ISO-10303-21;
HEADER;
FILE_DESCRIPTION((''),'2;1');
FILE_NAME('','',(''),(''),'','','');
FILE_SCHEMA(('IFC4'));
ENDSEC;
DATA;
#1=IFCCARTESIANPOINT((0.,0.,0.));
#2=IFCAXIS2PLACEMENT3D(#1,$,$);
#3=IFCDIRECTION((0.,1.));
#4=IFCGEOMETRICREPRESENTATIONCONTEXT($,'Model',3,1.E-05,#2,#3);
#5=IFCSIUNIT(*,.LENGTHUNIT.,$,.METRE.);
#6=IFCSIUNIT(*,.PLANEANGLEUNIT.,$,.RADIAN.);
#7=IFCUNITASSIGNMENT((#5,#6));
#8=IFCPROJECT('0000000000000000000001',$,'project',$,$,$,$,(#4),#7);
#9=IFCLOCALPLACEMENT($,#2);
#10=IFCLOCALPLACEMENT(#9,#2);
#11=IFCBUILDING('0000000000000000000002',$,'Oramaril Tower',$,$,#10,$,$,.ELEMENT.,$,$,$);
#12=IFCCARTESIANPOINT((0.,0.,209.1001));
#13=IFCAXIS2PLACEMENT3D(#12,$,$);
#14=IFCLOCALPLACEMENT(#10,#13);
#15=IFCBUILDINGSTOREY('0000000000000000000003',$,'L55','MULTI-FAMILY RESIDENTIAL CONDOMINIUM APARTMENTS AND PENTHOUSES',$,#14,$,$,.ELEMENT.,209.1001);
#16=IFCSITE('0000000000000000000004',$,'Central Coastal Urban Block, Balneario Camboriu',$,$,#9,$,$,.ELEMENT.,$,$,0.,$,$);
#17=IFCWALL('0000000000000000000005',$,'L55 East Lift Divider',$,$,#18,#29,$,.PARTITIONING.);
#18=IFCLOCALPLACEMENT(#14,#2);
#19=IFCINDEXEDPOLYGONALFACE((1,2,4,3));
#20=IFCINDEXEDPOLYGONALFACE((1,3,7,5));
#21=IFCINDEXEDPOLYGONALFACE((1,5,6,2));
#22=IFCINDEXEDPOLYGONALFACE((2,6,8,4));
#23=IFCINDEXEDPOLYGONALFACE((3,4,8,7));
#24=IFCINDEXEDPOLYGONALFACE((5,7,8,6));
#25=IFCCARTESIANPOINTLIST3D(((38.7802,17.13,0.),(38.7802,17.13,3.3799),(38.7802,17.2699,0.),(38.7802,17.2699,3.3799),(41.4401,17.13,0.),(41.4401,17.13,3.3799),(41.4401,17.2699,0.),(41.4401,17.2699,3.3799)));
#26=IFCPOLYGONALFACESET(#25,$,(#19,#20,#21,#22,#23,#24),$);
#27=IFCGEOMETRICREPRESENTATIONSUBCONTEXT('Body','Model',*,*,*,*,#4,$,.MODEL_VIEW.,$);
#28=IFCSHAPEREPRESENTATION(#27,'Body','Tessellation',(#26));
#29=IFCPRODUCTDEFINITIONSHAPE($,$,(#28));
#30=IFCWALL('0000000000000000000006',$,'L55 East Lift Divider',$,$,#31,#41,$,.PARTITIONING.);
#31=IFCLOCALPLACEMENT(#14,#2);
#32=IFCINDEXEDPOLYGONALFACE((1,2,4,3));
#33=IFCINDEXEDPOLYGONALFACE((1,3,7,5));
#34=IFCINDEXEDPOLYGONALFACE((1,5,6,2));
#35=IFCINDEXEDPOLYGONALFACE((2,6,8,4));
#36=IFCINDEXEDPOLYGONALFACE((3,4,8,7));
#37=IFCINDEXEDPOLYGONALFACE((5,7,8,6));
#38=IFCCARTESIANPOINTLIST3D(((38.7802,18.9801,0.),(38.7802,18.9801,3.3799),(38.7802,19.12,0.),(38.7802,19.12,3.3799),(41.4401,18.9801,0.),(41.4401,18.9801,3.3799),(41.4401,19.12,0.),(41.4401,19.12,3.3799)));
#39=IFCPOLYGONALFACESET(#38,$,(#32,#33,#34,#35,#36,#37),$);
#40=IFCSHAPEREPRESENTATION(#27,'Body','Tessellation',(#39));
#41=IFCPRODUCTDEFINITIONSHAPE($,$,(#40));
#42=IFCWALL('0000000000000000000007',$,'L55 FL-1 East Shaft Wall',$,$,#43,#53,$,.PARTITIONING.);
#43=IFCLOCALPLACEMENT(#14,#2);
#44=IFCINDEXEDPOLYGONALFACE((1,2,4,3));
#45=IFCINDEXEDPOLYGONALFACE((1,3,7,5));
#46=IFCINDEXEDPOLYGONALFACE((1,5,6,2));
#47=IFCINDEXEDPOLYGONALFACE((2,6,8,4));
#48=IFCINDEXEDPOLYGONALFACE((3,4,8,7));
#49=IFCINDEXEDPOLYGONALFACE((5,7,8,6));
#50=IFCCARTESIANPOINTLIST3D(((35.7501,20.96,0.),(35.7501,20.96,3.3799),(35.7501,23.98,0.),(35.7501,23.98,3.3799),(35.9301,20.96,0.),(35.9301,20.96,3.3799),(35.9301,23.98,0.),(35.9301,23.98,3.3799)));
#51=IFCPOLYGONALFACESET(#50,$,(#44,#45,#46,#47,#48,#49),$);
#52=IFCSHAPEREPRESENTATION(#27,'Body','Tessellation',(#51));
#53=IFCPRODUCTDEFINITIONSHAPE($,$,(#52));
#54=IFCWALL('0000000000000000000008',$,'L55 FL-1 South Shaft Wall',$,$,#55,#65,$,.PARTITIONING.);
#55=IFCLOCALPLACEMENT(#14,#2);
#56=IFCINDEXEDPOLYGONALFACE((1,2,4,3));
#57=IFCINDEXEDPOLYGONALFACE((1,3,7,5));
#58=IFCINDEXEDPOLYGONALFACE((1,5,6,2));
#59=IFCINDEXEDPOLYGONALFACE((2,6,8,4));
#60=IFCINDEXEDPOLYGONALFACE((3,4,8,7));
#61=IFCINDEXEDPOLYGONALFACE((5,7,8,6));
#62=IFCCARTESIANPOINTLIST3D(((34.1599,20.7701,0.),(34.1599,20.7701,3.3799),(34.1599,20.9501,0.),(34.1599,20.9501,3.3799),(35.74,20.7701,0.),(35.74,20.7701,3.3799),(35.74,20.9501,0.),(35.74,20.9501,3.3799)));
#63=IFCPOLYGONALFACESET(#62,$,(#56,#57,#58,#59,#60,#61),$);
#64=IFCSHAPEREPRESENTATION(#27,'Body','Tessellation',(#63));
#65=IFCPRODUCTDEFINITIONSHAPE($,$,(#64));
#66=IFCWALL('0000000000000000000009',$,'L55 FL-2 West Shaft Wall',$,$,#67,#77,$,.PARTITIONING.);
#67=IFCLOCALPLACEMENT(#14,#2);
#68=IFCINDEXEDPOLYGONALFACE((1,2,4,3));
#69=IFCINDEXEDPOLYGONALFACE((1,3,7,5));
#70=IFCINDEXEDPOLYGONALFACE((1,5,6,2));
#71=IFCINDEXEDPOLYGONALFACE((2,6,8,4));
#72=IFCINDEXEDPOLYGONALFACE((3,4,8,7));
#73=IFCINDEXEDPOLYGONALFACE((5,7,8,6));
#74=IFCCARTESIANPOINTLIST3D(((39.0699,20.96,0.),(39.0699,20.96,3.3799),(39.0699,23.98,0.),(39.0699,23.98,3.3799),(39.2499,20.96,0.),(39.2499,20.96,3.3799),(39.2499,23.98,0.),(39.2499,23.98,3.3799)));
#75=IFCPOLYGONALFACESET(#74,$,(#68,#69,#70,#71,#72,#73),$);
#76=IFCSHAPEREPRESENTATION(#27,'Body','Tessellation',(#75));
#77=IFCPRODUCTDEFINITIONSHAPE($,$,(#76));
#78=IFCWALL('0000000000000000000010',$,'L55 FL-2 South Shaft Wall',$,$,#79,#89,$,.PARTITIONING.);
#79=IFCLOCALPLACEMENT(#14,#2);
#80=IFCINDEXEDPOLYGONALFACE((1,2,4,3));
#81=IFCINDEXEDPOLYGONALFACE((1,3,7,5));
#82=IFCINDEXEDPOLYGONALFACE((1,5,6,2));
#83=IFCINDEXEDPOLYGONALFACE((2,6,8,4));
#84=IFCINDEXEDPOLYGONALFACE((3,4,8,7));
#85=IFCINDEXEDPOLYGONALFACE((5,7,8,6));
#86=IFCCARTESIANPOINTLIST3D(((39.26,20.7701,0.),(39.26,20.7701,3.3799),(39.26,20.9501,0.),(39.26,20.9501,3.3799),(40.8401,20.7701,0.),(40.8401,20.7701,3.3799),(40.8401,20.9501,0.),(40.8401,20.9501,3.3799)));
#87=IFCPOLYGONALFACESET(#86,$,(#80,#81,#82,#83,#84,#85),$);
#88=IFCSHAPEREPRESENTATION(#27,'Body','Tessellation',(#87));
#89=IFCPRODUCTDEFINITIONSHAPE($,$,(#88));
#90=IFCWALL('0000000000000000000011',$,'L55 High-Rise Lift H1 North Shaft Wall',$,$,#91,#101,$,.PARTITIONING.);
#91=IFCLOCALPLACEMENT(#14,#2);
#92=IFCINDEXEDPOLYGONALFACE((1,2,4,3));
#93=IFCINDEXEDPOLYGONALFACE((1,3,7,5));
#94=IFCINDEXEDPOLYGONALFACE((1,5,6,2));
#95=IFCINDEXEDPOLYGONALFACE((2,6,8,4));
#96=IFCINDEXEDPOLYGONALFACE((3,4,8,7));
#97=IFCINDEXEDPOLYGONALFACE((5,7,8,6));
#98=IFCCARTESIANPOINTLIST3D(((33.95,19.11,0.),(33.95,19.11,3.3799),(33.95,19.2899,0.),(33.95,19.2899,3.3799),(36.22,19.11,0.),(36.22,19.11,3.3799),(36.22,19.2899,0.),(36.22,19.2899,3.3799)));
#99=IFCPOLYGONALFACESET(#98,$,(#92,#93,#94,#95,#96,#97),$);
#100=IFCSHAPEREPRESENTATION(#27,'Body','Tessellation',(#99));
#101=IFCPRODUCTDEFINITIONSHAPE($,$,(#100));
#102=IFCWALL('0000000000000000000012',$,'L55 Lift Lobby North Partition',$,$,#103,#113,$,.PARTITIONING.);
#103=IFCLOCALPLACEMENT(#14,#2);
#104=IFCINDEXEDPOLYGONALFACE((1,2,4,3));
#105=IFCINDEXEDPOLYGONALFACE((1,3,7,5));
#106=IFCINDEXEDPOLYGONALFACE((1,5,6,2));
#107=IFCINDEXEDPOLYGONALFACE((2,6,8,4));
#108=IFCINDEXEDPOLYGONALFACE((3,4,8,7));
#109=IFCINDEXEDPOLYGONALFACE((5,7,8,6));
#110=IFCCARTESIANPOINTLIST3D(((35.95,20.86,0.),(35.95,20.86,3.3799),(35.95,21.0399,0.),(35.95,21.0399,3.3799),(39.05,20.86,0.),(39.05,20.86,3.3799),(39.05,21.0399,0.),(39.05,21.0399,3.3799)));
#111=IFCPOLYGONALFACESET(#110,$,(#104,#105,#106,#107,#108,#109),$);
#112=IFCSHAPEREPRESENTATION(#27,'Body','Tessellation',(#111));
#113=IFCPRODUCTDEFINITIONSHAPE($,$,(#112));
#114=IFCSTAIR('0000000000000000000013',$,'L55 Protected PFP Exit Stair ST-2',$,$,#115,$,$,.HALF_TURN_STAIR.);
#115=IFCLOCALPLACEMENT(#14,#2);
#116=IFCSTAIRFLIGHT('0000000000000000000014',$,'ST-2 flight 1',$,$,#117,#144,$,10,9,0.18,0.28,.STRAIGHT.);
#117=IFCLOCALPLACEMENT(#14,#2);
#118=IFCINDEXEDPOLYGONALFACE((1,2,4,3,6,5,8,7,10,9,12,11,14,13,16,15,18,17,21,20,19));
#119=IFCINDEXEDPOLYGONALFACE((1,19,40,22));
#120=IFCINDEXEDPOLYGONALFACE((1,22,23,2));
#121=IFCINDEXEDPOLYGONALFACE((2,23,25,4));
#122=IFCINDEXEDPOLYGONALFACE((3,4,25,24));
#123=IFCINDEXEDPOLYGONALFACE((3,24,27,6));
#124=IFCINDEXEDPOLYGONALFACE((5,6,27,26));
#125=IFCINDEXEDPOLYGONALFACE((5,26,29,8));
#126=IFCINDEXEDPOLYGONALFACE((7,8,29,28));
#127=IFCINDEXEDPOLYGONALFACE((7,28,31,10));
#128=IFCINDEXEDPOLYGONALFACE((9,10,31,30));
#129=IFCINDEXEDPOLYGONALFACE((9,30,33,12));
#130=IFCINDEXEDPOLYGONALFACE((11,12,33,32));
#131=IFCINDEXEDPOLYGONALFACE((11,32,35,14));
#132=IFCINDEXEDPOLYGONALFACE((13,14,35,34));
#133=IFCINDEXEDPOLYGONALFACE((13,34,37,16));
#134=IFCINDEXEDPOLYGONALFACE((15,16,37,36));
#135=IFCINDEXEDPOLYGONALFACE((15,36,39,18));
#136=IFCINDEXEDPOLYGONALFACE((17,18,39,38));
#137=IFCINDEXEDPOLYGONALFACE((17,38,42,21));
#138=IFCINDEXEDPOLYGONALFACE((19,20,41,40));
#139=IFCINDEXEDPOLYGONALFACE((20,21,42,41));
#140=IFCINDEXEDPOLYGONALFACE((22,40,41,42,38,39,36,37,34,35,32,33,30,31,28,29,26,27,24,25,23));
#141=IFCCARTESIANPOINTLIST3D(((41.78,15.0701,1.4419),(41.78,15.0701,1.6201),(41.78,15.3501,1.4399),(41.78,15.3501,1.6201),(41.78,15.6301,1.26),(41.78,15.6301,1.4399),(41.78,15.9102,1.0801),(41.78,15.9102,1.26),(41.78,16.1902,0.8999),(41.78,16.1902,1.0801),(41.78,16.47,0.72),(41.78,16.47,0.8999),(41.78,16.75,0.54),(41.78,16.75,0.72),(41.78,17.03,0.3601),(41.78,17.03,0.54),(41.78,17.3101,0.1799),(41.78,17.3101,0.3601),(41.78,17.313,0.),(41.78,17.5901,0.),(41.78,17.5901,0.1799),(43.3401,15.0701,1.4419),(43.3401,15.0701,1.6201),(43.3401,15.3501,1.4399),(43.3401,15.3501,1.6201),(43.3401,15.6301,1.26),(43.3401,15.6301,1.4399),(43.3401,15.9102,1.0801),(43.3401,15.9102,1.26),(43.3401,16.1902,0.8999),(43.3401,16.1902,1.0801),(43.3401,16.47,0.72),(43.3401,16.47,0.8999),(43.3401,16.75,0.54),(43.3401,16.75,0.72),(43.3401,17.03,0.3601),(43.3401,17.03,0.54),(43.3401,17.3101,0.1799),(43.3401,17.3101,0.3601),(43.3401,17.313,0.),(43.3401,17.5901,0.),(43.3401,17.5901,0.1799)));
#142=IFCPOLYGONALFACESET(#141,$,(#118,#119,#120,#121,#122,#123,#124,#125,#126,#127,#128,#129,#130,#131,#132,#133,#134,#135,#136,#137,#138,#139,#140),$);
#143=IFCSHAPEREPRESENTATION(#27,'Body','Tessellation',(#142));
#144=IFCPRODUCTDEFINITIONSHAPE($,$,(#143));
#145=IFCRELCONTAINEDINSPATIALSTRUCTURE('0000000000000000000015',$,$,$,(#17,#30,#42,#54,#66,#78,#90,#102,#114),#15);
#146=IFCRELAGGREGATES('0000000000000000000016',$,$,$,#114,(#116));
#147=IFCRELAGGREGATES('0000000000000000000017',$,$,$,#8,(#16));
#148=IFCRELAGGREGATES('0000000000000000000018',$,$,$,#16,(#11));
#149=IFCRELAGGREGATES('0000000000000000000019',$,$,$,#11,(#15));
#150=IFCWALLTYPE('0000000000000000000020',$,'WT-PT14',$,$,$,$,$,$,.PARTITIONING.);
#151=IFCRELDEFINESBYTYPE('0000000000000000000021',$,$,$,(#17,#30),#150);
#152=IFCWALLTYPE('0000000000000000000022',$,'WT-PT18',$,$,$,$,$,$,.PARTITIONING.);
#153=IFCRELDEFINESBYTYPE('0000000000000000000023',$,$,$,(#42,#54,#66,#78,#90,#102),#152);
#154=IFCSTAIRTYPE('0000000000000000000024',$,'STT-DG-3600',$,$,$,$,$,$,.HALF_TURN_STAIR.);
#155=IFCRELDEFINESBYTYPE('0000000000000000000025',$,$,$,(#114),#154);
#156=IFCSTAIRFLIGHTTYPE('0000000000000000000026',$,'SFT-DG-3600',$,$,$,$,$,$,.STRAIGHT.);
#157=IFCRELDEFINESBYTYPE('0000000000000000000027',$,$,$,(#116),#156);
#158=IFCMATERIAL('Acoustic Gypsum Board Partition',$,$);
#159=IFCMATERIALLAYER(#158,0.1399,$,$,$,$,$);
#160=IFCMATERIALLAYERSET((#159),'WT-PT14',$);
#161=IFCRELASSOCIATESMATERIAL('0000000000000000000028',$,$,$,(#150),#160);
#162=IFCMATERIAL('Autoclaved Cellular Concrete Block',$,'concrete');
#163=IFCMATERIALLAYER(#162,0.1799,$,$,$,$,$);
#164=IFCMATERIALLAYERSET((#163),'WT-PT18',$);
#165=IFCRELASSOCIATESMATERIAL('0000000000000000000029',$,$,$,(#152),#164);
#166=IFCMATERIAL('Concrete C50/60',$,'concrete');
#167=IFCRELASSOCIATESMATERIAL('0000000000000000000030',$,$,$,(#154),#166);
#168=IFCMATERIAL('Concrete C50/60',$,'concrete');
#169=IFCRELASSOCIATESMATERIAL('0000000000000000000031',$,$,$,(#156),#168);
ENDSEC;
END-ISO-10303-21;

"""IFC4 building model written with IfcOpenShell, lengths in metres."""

from ifc_helpers import new_model, si_unit, direction, frame, frame_2d, origin, place, context, subcontext, project, spatial, polyline, rectangle, outline, extrude, material, layer, layer_set, type_object, element, aggregate, save


model = new_model("IFC4")

# Units and contexts
model_context = context("Model", 3, precision=1e-05, world=origin(), true_north=direction((0.0, 1.0)))
body_context = subcontext(model_context, "Body", "Model", "MODEL_VIEW")
ifc_project = project(units=[si_unit("LENGTHUNIT", "METRE"), si_unit("PLANEANGLEUNIT", "RADIAN")], contexts=[model_context])

# Site, building, storey
site_placement = place(None, origin())
site = spatial("IfcSite", under=ifc_project, at=site_placement, Name="Central Coastal Urban Block, Balneario Camboriu", CompositionType="ELEMENT", RefElevation=0.0)
building_placement = place(site_placement, origin())
building = spatial("IfcBuilding", under=site, at=building_placement, Name="Oramaril Tower", CompositionType="ELEMENT")
storey_placement = place(building_placement, frame((0.0, 0.0, 209.1001)))
storey = spatial("IfcBuildingStorey", under=building, at=storey_placement, Name="L55", Description="MULTI-FAMILY RESIDENTIAL CONDOMINIUM APARTMENTS AND PENTHOUSES", CompositionType="ELEMENT", Elevation=209.1001)

# Walls
ifc_material_1 = material(Name="Acoustic Gypsum Board Partition")
ifc_layer_1 = layer(ifc_material_1, 0.1399)
ifc_layer_set_1 = layer_set([ifc_layer_1], Name="WT-PT14")
wall_type_1 = type_object("IfcWallType", Name="WT-PT14", PredefinedType="PARTITIONING", material=ifc_layer_set_1)
for number, where, z_axis, x_axis, name in (
    (1, (38.78, 17.2, 0.0), (0.0, 0.0, 1.0), (1.0, 0.0, 0.0), "L55 East Lift Divider"),
    (2, (38.78, 19.05, 0.0), (0.0, 0.0, 1.0), (1.0, 0.0, 0.0), "L55 East Lift Divider"),
):
    element("IfcWall", number, at=place(storey_placement, frame(where, z_axis=z_axis, x_axis=x_axis)), inside=storey, type_object=wall_type_1, Name=name, PredefinedType="PARTITIONING", context=body_context, shape_type="SweptSolid", body=[
        extrude(rectangle(XDim=2.6599, YDim=0.1399, at=frame_2d((1.3301, 0.0))), origin(), (0.0, 0.0, 1.0), 3.3799),
    ])
ifc_material_2 = material(Name="Autoclaved Cellular Concrete Block", Category="concrete")
ifc_layer_2 = layer(ifc_material_2, 0.1799)
ifc_layer_set_2 = layer_set([ifc_layer_2], Name="WT-PT18")
wall_type_2 = type_object("IfcWallType", Name="WT-PT18", PredefinedType="PARTITIONING", material=ifc_layer_set_2)
wall_1_placement = place(storey_placement, frame((35.8401, 20.96, 0.0), z_axis=(0.0, 0.0, 1.0), x_axis=(0.0, 1.0, 0.0)))
element("IfcWall", 3, at=wall_1_placement, inside=storey, type_object=wall_type_2, Name="L55 FL-1 East Shaft Wall", PredefinedType="PARTITIONING", context=body_context, shape_type="SweptSolid", body=[
    extrude(rectangle(XDim=3.02, YDim=0.1799, at=frame_2d((1.51, 0.0))), origin(), (0.0, 0.0, 1.0), 3.3799),
])
wall_2_placement = place(storey_placement, frame((34.1599, 20.8601, 0.0), z_axis=(0.0, 0.0, 1.0), x_axis=(1.0, 0.0, 0.0)))
element("IfcWall", 4, at=wall_2_placement, inside=storey, type_object=wall_type_2, Name="L55 FL-1 South Shaft Wall", PredefinedType="PARTITIONING", context=body_context, shape_type="SweptSolid", body=[
    extrude(rectangle(XDim=1.5801, YDim=0.1799, at=frame_2d((0.79, 0.0))), origin(), (0.0, 0.0, 1.0), 3.3799),
])
wall_3_placement = place(storey_placement, frame((39.1599, 20.96, 0.0), z_axis=(0.0, 0.0, 1.0), x_axis=(0.0, 1.0, 0.0)))
element("IfcWall", 5, at=wall_3_placement, inside=storey, type_object=wall_type_2, Name="L55 FL-2 West Shaft Wall", PredefinedType="PARTITIONING", context=body_context, shape_type="SweptSolid", body=[
    extrude(rectangle(XDim=3.02, YDim=0.1799, at=frame_2d((1.51, 0.0))), origin(), (0.0, 0.0, 1.0), 3.3799),
])
wall_4_placement = place(storey_placement, frame((39.26, 20.8601, 0.0), z_axis=(0.0, 0.0, 1.0), x_axis=(1.0, 0.0, 0.0)))
element("IfcWall", 6, at=wall_4_placement, inside=storey, type_object=wall_type_2, Name="L55 FL-2 South Shaft Wall", PredefinedType="PARTITIONING", context=body_context, shape_type="SweptSolid", body=[
    extrude(rectangle(XDim=1.5801, YDim=0.1799, at=frame_2d((0.79, 0.0))), origin(), (0.0, 0.0, 1.0), 3.3799),
])
wall_5_placement = place(storey_placement, frame((33.95, 19.2, 0.0), z_axis=(0.0, 0.0, 1.0), x_axis=(1.0, 0.0, 0.0)))
element("IfcWall", 7, at=wall_5_placement, inside=storey, type_object=wall_type_2, Name="L55 High-Rise Lift H1 North Shaft Wall", PredefinedType="PARTITIONING", context=body_context, shape_type="SweptSolid", body=[
    extrude(rectangle(XDim=2.27, YDim=0.1799, at=frame_2d((1.135, 0.0))), origin(), (0.0, 0.0, 1.0), 3.3799),
])
wall_6_placement = place(storey_placement, frame((35.95, 20.95, 0.0), z_axis=(0.0, 0.0, 1.0), x_axis=(1.0, 0.0, 0.0)))
element("IfcWall", 8, at=wall_6_placement, inside=storey, type_object=wall_type_2, Name="L55 Lift Lobby North Partition", PredefinedType="PARTITIONING", context=body_context, shape_type="SweptSolid", body=[
    extrude(rectangle(XDim=3.1001, YDim=0.1799, at=frame_2d((1.55, 0.0))), origin(), (0.0, 0.0, 1.0), 3.3799),
])

# Stair, stair flight
ifc_material_3 = material(Name="Concrete C50/60", Category="concrete")
stair_type = type_object("IfcStairType", Name="STT-DG-3600", PredefinedType="HALF_TURN_STAIR", material=ifc_material_3)
stair_placement = place(storey_placement, origin())
stair = element("IfcStair", 9, at=stair_placement, inside=storey, type_object=stair_type, Name="L55 Protected PFP Exit Stair ST-2", PredefinedType="HALF_TURN_STAIR")
ifc_material_4 = material(Name="Concrete C50/60", Category="concrete")
stair_flight_type = type_object("IfcStairFlightType", Name="SFT-DG-3600", PredefinedType="STRAIGHT", material=ifc_material_4)
stair_flight_placement = place(storey_placement, frame((42.5601, 17.5901, 0.0), z_axis=(0.0, 0.0, 1.0), x_axis=(0.0, -1.0, 0.0)))
stair_flight = element("IfcStairFlight", 10, at=stair_flight_placement, type_object=stair_flight_type, Name="ST-2 flight 1", NumberOfRisers=10, NumberOfTreads=9, PredefinedType="STRAIGHT", RiserHeight=0.18, TreadLength=0.28, context=body_context, shape_type="SweptSolid", body=[
    extrude(outline(polyline([(0.0, 0.0), (0.0, 0.1799), (0.28, 0.1799), (0.28, 0.3601), (0.5601, 0.3601), (0.5601, 0.54), (0.8401, 0.54), (0.8401, 0.72), (1.1201, 0.72), (1.1201, 0.8999), (1.3999, 0.8999), (1.3999, 1.0801), (1.6799, 1.0801), (1.6799, 1.26), (1.96, 1.26), (1.96, 1.4399), (2.24, 1.4399), (2.24, 1.6201), (2.52, 1.6201), (2.52, 1.8), (2.52, 1.4419), (0.2771, 0.0), (0.0, 0.0)])), frame((0.0, 0.78, 0.0), z_axis=(0.0, -1.0, 0.0), x_axis=(1.0, 0.0, 0.0)), (0.0, 0.0, 1.0), 1.5601),
])
aggregate(stair, [stair_flight])

save(model, "model.ifc")
